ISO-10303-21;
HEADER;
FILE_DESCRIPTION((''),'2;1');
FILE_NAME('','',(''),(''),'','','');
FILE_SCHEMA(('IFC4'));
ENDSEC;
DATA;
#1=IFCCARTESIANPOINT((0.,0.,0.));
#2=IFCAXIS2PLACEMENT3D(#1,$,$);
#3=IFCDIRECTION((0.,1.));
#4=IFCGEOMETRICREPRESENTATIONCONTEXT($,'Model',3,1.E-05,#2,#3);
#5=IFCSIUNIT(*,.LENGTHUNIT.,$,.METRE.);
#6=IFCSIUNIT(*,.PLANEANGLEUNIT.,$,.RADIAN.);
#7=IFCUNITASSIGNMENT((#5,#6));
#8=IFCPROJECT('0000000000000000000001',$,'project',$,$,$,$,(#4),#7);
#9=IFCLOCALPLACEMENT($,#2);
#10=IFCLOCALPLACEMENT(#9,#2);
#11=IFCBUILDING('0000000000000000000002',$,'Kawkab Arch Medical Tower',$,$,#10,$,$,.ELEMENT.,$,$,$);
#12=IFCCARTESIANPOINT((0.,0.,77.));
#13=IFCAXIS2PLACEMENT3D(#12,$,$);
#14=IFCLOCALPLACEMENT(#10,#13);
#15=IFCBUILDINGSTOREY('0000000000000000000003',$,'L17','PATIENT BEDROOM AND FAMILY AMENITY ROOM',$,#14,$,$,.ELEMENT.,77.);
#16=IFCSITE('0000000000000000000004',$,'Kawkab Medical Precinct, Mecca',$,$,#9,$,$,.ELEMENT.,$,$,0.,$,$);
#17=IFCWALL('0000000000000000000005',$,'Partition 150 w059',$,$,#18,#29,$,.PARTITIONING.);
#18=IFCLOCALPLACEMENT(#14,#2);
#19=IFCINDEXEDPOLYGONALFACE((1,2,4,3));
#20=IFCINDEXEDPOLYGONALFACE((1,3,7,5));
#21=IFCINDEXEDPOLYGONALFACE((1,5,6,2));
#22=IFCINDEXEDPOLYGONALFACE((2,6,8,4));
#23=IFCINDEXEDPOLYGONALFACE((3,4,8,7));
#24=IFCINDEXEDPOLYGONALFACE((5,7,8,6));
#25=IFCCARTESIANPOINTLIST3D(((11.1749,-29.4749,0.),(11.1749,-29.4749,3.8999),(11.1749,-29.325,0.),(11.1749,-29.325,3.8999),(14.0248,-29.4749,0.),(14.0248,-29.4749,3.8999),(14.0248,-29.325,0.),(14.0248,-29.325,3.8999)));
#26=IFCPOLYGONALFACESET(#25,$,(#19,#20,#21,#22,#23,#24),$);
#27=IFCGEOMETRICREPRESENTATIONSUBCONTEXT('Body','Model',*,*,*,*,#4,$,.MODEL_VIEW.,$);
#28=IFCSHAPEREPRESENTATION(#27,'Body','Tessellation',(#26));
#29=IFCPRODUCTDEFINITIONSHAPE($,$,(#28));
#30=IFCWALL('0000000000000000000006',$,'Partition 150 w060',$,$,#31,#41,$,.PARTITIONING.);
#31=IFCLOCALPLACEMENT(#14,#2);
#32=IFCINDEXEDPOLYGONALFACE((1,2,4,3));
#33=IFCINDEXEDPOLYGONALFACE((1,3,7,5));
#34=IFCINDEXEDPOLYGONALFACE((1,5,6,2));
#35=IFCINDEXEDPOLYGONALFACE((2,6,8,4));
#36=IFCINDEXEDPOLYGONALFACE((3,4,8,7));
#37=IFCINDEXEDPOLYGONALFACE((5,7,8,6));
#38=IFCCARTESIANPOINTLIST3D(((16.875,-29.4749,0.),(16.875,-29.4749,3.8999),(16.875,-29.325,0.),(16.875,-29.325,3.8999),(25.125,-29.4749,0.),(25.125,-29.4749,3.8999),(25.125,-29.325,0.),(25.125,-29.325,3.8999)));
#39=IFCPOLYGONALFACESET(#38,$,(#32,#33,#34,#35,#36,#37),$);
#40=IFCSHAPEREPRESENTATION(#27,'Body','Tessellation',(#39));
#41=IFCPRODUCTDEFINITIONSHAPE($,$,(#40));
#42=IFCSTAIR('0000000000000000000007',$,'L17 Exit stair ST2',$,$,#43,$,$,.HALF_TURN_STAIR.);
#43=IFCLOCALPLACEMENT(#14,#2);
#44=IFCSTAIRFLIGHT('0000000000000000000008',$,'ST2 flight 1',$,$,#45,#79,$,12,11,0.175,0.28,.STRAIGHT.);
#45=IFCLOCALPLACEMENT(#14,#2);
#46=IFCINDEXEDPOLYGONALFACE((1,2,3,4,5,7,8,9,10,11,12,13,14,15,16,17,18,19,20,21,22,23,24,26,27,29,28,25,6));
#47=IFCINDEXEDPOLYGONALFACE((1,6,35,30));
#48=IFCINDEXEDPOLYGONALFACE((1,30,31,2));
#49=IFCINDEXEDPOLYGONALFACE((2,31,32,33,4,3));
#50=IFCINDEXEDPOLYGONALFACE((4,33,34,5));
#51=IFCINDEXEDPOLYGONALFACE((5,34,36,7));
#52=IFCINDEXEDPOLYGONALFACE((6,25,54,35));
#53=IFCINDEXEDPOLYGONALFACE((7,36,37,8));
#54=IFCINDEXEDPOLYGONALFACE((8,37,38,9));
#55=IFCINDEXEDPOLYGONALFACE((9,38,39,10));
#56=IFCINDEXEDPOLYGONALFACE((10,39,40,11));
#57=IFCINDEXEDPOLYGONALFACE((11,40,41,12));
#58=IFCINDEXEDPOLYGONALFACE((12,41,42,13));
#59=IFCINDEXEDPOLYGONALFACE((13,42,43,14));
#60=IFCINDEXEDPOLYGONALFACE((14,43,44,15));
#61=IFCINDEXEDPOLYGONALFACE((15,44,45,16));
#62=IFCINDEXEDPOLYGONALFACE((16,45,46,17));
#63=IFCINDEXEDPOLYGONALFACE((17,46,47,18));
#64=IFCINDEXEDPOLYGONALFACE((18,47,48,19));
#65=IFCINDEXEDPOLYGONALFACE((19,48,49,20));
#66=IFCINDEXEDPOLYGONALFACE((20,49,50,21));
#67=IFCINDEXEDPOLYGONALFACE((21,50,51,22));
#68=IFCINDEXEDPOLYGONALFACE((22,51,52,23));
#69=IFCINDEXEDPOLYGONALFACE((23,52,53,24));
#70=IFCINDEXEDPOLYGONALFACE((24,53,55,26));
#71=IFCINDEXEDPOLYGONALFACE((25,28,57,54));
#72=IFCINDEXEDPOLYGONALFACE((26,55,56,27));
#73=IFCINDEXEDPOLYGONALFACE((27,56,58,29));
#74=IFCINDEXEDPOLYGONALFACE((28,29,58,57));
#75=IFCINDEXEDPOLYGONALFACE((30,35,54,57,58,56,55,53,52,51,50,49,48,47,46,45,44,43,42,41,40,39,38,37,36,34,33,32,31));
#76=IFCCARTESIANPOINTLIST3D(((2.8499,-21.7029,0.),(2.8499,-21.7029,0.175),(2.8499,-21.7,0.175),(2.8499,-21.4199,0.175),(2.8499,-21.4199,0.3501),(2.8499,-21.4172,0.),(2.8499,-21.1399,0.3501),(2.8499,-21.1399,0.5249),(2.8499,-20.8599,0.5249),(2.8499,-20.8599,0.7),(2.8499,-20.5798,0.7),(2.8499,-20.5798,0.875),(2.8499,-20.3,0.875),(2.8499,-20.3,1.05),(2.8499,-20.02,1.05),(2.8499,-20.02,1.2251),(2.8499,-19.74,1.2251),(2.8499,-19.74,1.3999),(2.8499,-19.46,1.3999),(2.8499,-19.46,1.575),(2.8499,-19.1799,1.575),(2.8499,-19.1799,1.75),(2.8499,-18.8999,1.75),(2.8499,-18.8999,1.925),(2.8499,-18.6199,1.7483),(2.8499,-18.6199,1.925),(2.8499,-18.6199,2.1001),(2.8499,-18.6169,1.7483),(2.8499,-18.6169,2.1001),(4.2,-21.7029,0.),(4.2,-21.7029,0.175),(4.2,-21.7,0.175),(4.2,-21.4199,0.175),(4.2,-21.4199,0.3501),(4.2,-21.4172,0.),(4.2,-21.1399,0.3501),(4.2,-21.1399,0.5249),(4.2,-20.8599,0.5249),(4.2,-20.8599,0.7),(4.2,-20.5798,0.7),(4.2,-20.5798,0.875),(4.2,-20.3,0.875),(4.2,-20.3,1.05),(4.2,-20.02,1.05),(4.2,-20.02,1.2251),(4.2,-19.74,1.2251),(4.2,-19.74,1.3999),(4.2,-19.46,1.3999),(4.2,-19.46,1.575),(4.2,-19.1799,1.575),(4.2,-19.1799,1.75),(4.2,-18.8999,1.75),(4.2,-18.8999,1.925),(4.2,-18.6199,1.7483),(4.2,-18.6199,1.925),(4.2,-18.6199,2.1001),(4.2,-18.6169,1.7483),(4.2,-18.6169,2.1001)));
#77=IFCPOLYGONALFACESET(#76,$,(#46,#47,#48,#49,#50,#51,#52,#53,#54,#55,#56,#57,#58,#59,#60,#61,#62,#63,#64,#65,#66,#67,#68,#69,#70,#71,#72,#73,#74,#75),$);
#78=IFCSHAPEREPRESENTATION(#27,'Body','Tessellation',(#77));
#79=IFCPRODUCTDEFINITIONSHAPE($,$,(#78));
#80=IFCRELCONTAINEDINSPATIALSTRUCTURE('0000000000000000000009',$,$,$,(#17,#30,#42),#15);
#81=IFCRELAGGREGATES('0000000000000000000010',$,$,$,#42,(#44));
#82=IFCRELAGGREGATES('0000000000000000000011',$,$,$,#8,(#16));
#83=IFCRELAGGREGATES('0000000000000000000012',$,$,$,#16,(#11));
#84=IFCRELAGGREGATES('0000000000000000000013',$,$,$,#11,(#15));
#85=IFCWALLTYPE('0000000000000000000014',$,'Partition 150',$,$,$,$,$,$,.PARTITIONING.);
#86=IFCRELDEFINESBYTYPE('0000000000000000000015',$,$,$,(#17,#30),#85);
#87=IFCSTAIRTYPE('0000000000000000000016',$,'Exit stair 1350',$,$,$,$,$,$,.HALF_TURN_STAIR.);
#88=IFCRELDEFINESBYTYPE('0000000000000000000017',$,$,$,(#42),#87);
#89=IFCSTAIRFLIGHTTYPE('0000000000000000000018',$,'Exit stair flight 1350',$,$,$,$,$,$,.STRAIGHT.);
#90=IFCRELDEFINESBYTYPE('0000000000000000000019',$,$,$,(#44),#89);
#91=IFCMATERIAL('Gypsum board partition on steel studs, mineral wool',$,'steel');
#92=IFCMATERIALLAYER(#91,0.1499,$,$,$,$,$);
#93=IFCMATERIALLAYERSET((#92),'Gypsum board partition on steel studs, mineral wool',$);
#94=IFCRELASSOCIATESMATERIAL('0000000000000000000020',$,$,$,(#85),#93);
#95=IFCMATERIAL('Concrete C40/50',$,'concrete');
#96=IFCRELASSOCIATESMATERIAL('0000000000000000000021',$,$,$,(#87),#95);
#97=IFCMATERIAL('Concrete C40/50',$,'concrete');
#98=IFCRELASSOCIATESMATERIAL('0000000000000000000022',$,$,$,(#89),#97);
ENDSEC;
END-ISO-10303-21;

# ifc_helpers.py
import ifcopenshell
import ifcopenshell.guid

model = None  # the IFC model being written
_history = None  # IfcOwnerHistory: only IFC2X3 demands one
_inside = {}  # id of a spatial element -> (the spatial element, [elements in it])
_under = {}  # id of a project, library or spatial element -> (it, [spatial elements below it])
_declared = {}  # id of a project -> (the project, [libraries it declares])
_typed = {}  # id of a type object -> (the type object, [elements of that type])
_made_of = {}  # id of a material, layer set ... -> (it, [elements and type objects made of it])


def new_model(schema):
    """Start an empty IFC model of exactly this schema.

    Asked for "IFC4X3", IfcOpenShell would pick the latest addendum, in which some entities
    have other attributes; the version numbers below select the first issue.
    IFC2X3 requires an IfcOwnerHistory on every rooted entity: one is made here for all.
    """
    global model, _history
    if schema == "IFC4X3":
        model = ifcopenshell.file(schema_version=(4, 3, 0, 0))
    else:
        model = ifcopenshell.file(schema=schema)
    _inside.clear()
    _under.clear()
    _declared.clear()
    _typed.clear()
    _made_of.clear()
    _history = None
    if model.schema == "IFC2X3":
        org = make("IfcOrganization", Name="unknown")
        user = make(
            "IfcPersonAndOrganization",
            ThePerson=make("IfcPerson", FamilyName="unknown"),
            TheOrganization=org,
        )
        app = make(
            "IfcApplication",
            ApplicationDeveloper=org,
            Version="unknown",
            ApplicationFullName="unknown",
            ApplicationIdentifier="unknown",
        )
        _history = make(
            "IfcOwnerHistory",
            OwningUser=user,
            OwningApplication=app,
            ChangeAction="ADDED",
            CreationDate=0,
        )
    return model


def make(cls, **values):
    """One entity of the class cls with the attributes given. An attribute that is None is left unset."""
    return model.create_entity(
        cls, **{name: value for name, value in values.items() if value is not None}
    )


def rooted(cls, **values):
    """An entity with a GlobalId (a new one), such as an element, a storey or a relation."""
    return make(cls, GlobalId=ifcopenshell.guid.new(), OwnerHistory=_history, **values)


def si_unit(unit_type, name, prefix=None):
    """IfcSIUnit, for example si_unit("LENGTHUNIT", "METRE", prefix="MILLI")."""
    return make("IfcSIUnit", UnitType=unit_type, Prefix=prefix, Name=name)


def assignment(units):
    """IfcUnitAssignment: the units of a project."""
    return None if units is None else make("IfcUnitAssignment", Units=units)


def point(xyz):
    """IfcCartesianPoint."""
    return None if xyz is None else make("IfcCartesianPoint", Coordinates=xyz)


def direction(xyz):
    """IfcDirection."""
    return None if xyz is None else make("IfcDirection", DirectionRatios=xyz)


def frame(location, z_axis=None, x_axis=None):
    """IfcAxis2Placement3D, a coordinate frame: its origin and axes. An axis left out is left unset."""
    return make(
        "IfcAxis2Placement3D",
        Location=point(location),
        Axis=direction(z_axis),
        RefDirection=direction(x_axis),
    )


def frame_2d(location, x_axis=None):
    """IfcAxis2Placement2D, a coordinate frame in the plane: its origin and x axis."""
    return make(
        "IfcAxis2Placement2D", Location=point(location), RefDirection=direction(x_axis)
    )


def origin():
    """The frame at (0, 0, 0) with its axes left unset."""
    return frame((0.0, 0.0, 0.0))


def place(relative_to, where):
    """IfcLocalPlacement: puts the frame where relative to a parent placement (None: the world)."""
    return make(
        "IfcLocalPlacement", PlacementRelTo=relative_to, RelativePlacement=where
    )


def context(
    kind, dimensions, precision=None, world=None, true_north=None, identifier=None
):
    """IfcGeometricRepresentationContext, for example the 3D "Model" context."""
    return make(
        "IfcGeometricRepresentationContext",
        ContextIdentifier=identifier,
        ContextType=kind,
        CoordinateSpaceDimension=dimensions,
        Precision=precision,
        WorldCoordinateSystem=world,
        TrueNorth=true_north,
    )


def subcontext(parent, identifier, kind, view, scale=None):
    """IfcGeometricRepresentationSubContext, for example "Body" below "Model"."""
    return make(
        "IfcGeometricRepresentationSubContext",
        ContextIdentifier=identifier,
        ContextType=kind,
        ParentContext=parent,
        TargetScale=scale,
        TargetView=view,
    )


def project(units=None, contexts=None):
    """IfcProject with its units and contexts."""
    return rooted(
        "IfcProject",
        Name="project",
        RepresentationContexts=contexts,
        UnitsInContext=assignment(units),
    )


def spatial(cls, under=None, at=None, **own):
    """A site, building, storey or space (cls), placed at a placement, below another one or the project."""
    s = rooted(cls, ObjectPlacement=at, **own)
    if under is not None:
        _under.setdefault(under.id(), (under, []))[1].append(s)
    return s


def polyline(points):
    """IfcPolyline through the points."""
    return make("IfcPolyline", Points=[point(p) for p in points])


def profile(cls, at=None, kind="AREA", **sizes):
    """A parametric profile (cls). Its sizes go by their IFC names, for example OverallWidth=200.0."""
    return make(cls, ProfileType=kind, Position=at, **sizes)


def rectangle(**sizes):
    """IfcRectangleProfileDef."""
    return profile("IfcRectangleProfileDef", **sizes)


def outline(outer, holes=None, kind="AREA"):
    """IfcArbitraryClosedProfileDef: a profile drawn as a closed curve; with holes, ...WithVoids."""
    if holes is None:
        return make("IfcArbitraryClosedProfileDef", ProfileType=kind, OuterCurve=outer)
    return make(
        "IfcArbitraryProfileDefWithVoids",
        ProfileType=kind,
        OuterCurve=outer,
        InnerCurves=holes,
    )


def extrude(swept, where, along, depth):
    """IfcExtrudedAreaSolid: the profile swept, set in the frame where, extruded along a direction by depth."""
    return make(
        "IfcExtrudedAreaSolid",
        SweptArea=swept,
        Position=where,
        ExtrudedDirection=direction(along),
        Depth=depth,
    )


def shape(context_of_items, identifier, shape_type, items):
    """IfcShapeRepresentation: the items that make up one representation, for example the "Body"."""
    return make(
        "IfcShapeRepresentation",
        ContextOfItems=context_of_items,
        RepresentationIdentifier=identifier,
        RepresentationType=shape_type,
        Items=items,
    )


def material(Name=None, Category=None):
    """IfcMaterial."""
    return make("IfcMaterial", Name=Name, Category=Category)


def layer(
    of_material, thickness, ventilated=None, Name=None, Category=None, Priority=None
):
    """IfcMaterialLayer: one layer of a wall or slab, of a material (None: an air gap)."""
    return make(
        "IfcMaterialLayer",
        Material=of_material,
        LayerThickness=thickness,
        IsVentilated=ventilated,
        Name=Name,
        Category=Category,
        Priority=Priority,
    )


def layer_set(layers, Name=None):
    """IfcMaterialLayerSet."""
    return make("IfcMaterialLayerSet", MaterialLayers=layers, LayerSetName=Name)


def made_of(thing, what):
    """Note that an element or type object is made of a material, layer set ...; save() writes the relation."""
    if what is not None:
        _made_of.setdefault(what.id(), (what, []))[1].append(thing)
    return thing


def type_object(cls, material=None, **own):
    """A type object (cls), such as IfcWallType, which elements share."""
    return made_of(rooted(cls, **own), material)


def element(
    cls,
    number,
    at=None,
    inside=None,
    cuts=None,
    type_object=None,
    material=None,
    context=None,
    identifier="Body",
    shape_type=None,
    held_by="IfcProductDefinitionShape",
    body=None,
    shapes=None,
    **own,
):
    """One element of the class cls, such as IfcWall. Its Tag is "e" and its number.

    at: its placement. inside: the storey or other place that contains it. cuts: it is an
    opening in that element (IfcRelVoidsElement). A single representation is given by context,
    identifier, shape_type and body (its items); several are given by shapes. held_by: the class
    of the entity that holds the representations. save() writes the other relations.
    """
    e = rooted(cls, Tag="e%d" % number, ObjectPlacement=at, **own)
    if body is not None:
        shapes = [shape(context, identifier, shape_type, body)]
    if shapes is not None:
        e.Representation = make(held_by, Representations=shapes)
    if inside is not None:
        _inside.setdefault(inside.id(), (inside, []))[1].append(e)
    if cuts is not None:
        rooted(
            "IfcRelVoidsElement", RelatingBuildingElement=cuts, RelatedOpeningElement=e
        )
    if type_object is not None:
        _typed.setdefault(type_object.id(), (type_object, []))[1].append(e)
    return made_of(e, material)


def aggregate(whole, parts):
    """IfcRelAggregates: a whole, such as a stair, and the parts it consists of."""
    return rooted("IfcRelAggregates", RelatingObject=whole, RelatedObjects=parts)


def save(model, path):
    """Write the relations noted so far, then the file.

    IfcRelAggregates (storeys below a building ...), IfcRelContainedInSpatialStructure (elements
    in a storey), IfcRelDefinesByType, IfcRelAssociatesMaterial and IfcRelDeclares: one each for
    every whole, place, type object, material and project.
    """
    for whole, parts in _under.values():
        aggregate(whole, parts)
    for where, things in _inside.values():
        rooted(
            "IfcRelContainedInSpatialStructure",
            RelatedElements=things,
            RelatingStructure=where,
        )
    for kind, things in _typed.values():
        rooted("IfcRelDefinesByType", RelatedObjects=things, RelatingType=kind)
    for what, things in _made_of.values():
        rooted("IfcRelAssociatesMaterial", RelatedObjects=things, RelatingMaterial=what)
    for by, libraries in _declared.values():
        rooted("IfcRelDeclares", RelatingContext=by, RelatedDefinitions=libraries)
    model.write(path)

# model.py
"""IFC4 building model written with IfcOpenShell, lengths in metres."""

from ifc_helpers import new_model, si_unit, direction, frame, frame_2d, origin, place, context, subcontext, project, spatial, polyline, rectangle, outline, extrude, material, layer, layer_set, type_object, element, aggregate, save


model = new_model("IFC4")

# Units and contexts
model_context = context("Model", 3, precision=1e-05, world=origin(), true_north=direction((0.0, 1.0)))
body_context = subcontext(model_context, "Body", "Model", "MODEL_VIEW")
ifc_project = project(units=[si_unit("LENGTHUNIT", "METRE"), si_unit("PLANEANGLEUNIT", "RADIAN")], contexts=[model_context])

# Site, building, storey
site_placement = place(None, origin())
site = spatial("IfcSite", under=ifc_project, at=site_placement, Name="Kawkab Medical Precinct, Mecca", CompositionType="ELEMENT", RefElevation=0.0)
building_placement = place(site_placement, origin())
building = spatial("IfcBuilding", under=site, at=building_placement, Name="Kawkab Arch Medical Tower", CompositionType="ELEMENT")
storey_placement = place(building_placement, frame((0.0, 0.0, 77.0)))
storey = spatial("IfcBuildingStorey", under=building, at=storey_placement, Name="L17", Description="PATIENT BEDROOM AND FAMILY AMENITY ROOM", CompositionType="ELEMENT", Elevation=77.0)

# Walls
ifc_material_1 = material(Name="Gypsum board partition on steel studs, mineral wool", Category="steel")
ifc_layer_1 = layer(ifc_material_1, 0.1499)
ifc_layer_set_1 = layer_set([ifc_layer_1], Name="Gypsum board partition on steel studs, mineral wool")
wall_type_1 = type_object("IfcWallType", Name="Partition 150", PredefinedType="PARTITIONING", material=ifc_layer_set_1)
wall_1_placement = place(storey_placement, frame((11.175, -29.3999, 0.0), z_axis=(0.0, 0.0, 1.0), x_axis=(1.0, 0.0, 0.0)))
element("IfcWall", 1, at=wall_1_placement, inside=storey, type_object=wall_type_1, Name="Partition 150 w059", PredefinedType="PARTITIONING", context=body_context, shape_type="SweptSolid", body=[
    extrude(rectangle(XDim=2.8499, YDim=0.1499, at=frame_2d((1.4248, 0.0))), origin(), (0.0, 0.0, 1.0), 3.8999),
])
wall_2_placement = place(storey_placement, frame((16.875, -29.3999, 0.0), z_axis=(0.0, 0.0, 1.0), x_axis=(1.0, 0.0, 0.0)))
element("IfcWall", 2, at=wall_2_placement, inside=storey, type_object=wall_type_1, Name="Partition 150 w060", PredefinedType="PARTITIONING", context=body_context, shape_type="SweptSolid", body=[
    extrude(rectangle(XDim=8.25, YDim=0.1499, at=frame_2d((4.125, 0.0))), origin(), (0.0, 0.0, 1.0), 3.8999),
])

# Stair, stair flight
ifc_material_2 = material(Name="Concrete C40/50", Category="concrete")
stair_type = type_object("IfcStairType", Name="Exit stair 1350", PredefinedType="HALF_TURN_STAIR", material=ifc_material_2)
stair_placement = place(storey_placement, origin())
stair = element("IfcStair", 3, at=stair_placement, inside=storey, type_object=stair_type, Name="L17 Exit stair ST2", PredefinedType="HALF_TURN_STAIR")
ifc_material_3 = material(Name="Concrete C40/50", Category="concrete")
stair_flight_type = type_object("IfcStairFlightType", Name="Exit stair flight 1350", PredefinedType="STRAIGHT", material=ifc_material_3)
stair_flight_placement = place(storey_placement, frame((3.5249, -21.7, 0.0), z_axis=(0.0, 0.0, 1.0), x_axis=(0.0, 1.0, 0.0)))
stair_flight = element("IfcStairFlight", 4, at=stair_flight_placement, type_object=stair_flight_type, Name="ST2 flight 1", NumberOfRisers=12, NumberOfTreads=11, PredefinedType="STRAIGHT", RiserHeight=0.175, TreadLength=0.28, context=body_context, shape_type="SweptSolid", body=[
    extrude(outline(polyline([(-0.0029, 0.0), (-0.0029, 0.175), (0.0, 0.175), (0.28, 0.175), (0.28, 0.3501), (0.5601, 0.3501), (0.5601, 0.5249), (0.8401, 0.5249), (0.8401, 0.7), (1.1201, 0.7), (1.1201, 0.875), (1.3999, 0.875), (1.3999, 1.05), (1.6799, 1.05), (1.6799, 1.2251), (1.96, 1.2251), (1.96, 1.3999), (2.24, 1.3999), (2.24, 1.575), (2.52, 1.575), (2.52, 1.75), (2.8, 1.75), (2.8, 1.925), (3.0801, 1.925), (3.0801, 2.1001), (3.083, 2.1001), (3.083, 1.7483), (3.0801, 1.7483), (0.2827, 0.0), (-0.0029, 0.0)])), frame((0.0, 0.675, 0.0), z_axis=(0.0, -1.0, 0.0), x_axis=(1.0, 0.0, 0.0)), (0.0, 0.0, 1.0), 1.3501),
])
aggregate(stair, [stair_flight])

save(model, "model.ifc")
